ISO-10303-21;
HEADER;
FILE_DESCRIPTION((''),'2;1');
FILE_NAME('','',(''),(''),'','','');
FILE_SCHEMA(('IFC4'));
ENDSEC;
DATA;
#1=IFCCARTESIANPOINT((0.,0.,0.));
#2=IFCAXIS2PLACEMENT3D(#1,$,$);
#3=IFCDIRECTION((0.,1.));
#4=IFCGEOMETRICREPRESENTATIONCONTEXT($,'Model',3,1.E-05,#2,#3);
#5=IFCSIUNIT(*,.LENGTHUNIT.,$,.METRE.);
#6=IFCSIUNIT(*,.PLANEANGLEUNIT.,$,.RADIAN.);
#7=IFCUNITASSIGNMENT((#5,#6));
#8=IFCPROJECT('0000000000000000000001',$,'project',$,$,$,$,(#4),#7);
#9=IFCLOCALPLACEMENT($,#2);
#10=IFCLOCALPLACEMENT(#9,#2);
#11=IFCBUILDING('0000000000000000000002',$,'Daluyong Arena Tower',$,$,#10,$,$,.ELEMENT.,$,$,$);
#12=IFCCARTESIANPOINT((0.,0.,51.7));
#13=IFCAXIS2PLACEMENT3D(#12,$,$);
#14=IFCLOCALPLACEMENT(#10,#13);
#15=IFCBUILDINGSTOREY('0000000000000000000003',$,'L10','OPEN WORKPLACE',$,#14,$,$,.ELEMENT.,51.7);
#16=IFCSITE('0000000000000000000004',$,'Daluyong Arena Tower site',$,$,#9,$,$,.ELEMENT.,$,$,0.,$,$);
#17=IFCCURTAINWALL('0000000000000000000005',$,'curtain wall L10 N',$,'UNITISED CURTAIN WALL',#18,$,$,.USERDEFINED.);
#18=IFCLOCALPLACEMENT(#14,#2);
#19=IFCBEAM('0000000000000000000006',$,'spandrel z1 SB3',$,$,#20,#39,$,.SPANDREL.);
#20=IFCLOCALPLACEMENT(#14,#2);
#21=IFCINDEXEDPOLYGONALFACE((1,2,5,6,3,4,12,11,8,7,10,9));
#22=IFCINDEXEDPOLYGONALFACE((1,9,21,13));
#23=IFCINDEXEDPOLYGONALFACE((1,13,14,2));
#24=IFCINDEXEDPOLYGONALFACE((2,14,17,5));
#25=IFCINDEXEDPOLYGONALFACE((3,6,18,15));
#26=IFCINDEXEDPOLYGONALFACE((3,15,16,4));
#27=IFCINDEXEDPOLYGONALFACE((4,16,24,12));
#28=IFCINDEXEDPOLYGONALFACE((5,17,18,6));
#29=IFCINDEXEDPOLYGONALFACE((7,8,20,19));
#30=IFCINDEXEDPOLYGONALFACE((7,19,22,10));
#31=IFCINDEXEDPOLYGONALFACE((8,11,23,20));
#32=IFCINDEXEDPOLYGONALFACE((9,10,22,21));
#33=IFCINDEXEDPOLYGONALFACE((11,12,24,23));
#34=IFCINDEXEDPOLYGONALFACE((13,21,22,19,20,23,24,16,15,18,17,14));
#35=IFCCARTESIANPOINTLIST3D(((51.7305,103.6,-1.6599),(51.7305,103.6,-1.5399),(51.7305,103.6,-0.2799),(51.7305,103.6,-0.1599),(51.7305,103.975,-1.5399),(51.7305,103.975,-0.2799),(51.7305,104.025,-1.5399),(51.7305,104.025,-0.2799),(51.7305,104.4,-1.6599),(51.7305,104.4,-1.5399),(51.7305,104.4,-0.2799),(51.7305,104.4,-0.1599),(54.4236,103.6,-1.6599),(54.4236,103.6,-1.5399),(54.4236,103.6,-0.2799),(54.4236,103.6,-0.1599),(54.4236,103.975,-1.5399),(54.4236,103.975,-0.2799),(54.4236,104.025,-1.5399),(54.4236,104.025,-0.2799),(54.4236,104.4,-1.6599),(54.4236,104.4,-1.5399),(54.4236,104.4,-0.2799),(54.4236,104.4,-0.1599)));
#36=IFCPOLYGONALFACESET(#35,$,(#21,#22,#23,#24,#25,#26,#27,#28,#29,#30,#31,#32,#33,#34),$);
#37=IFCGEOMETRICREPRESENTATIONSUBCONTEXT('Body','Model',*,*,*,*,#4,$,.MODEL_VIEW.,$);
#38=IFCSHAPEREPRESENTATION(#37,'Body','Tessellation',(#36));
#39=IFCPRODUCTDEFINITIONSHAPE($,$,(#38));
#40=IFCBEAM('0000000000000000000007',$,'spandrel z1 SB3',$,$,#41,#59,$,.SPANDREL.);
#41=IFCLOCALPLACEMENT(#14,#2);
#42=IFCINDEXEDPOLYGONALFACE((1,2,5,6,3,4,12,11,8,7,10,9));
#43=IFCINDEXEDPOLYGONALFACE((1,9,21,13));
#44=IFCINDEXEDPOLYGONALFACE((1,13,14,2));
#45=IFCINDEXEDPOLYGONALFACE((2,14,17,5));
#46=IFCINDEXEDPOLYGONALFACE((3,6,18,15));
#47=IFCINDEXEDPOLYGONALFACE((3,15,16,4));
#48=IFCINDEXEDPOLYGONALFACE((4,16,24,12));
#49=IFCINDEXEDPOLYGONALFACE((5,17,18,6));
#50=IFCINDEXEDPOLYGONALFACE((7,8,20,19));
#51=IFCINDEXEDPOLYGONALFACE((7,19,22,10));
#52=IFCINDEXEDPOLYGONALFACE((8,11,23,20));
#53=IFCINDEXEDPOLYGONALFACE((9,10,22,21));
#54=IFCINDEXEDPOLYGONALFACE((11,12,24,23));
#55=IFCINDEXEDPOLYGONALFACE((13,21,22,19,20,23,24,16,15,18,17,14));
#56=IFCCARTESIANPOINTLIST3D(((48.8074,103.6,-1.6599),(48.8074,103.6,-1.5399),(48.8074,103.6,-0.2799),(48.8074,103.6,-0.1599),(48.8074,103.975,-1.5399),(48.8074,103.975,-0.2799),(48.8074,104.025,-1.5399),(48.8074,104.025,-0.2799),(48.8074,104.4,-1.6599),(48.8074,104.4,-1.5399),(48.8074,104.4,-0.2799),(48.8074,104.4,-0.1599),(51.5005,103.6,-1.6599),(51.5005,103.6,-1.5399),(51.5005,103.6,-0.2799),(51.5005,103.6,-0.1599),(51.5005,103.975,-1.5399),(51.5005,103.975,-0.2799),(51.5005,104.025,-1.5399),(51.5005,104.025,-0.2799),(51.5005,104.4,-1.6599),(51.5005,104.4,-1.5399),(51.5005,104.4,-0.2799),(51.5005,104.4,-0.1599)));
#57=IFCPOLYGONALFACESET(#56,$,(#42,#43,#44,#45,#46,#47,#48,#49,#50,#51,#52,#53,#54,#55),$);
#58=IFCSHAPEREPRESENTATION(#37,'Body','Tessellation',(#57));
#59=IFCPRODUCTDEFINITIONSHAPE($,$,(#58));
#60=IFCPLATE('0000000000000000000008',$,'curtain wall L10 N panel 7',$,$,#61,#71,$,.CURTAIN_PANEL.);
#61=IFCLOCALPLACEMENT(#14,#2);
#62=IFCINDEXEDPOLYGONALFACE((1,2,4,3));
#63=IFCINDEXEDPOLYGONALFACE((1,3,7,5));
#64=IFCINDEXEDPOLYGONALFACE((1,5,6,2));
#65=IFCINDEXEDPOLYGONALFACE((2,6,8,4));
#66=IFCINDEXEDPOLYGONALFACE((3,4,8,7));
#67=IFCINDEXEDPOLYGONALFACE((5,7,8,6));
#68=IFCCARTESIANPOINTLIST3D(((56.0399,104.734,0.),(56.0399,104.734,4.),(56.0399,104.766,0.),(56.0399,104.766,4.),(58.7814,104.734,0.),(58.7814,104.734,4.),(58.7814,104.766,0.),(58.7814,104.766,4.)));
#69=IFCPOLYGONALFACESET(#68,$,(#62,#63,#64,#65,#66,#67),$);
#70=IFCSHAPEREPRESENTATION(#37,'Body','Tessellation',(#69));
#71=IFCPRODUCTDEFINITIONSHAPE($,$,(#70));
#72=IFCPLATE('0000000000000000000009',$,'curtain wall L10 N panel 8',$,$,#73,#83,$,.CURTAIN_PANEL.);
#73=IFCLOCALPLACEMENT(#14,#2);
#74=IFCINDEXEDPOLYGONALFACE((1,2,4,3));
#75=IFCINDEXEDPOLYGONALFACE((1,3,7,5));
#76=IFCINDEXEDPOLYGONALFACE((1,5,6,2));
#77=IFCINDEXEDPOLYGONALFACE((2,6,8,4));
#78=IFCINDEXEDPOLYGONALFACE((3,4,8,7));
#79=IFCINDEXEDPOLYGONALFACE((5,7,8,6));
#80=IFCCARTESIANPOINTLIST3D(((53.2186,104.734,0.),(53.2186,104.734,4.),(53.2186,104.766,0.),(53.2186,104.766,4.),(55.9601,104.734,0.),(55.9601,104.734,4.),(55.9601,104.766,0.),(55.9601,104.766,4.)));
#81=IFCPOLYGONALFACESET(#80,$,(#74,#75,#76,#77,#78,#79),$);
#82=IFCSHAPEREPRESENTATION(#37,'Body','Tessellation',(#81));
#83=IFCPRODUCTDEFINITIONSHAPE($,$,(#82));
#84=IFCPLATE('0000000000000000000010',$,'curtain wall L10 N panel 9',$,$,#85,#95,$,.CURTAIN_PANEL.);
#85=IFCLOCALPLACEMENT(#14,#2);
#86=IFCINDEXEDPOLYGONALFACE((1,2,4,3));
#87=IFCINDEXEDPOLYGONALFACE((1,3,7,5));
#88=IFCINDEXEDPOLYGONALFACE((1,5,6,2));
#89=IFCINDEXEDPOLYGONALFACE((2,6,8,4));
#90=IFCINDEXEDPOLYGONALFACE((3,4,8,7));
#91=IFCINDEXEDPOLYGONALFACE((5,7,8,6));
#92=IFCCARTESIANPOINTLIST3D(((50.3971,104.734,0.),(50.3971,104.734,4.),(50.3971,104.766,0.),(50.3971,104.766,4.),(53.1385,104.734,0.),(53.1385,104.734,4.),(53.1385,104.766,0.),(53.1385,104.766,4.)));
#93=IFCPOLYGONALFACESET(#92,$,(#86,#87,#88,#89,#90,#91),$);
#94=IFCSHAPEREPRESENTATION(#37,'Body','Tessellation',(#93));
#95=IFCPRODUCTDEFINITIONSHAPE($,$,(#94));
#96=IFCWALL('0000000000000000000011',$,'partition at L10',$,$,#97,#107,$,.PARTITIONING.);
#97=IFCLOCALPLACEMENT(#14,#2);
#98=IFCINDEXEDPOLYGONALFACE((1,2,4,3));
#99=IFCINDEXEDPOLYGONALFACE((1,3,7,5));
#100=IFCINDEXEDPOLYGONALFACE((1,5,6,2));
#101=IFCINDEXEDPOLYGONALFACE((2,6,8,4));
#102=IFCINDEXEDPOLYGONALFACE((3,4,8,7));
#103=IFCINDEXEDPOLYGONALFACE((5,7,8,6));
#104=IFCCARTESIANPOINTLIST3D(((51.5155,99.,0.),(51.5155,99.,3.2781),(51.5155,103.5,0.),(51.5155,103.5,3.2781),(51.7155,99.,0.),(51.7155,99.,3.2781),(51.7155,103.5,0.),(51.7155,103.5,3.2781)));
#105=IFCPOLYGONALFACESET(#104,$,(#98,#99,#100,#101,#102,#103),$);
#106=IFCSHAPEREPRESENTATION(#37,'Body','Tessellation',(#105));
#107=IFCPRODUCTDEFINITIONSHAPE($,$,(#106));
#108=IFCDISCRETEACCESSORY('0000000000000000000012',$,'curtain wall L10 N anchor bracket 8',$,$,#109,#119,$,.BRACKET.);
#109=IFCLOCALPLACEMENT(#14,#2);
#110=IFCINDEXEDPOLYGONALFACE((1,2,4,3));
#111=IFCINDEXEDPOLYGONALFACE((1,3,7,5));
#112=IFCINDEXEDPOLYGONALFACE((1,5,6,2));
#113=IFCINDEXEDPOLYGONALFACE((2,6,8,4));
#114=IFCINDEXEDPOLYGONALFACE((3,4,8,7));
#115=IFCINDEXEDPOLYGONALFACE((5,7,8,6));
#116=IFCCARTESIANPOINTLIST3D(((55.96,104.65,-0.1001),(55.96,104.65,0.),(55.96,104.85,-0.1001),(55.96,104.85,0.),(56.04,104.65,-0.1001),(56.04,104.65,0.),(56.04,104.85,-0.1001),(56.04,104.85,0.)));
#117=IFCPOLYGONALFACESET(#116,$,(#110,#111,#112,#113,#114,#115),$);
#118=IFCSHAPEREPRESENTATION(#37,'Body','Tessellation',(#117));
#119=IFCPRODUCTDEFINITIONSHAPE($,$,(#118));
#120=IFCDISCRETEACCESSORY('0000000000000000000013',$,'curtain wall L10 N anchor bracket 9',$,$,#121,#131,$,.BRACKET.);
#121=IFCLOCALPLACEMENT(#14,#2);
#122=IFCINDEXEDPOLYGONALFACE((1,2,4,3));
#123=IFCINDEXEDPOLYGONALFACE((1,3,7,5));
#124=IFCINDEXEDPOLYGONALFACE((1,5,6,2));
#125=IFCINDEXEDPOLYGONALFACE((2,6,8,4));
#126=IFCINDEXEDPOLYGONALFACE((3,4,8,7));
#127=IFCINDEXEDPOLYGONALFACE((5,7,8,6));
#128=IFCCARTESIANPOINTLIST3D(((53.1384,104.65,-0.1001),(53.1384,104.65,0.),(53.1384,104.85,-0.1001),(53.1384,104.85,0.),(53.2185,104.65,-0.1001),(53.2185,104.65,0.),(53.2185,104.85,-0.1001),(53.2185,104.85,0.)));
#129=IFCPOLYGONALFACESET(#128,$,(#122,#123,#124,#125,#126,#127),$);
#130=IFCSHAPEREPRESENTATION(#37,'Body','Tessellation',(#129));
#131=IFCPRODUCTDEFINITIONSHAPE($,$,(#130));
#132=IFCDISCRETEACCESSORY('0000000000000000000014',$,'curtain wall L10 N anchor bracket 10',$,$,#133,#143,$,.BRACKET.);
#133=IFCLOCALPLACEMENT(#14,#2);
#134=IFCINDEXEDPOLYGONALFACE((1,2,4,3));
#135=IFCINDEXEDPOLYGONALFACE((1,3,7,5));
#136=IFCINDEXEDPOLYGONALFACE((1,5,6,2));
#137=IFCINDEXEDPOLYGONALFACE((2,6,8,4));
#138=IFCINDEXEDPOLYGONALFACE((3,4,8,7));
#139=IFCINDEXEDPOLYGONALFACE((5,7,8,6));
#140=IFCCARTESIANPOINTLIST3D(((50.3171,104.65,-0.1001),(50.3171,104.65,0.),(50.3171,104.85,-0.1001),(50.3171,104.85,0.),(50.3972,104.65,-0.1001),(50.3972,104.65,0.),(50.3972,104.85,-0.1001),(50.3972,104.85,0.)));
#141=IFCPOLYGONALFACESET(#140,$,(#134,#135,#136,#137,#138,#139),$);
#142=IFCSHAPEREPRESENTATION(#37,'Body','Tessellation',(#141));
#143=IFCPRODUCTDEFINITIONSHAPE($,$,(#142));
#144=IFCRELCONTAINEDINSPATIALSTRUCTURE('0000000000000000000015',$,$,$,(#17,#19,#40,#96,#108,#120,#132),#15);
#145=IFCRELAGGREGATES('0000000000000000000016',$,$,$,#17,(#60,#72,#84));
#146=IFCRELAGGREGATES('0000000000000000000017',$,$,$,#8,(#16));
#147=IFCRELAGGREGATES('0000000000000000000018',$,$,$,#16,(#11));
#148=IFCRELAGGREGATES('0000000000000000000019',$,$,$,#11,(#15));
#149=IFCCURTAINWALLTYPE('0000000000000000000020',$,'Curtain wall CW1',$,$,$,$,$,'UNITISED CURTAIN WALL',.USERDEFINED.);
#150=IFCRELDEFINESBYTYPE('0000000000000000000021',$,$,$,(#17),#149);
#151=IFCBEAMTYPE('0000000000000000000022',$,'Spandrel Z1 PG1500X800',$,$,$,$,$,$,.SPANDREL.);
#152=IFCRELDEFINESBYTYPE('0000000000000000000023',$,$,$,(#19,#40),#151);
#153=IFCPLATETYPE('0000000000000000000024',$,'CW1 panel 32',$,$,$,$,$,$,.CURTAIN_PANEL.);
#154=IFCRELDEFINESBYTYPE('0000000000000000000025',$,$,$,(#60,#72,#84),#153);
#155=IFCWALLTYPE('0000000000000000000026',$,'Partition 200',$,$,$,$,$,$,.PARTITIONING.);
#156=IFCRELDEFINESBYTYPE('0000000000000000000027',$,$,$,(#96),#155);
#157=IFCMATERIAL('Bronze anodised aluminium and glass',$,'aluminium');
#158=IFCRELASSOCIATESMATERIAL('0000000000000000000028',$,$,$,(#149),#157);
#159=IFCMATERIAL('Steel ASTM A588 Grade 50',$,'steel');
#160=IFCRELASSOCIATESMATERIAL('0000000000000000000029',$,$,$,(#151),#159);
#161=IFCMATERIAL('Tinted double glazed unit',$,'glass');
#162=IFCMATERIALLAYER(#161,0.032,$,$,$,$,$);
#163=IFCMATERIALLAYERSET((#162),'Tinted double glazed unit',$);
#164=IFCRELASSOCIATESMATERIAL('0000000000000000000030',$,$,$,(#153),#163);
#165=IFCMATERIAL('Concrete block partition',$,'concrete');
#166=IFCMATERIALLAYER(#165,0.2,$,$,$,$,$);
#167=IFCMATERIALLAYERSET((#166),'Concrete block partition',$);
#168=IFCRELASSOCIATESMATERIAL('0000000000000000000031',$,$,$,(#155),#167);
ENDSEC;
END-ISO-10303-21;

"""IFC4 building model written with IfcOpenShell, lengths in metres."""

from ifc_helpers import new_model, si_unit, direction, frame, frame_2d, origin, origin_2d, place, context, subcontext, project, spatial, rectangle, i_section, extrude, material, layer, layer_set, material_profile, profile_set, type_object, element, aggregate, save


model = new_model("IFC4")

# Units and contexts
model_context = context("Model", 3, precision=1e-05, world=origin(), true_north=direction((0.0, 1.0)))
body_context = subcontext(model_context, "Body", "Model", "MODEL_VIEW")
ifc_project = project(units=[si_unit("LENGTHUNIT", "METRE"), si_unit("PLANEANGLEUNIT", "RADIAN")], contexts=[model_context])

# Site, building, storey
site_placement = place(None, origin())
site = spatial("IfcSite", under=ifc_project, at=site_placement, Name="Daluyong Arena Tower site", CompositionType="ELEMENT", RefElevation=0.0)
building_placement = place(site_placement, origin())
building = spatial("IfcBuilding", under=site, at=building_placement, Name="Daluyong Arena Tower", CompositionType="ELEMENT")
storey_placement = place(building_placement, frame((0.0, 0.0, 51.7)))
storey = spatial("IfcBuildingStorey", under=building, at=storey_placement, Name="L10", Description="OPEN WORKPLACE", CompositionType="ELEMENT", Elevation=51.7)

# Curtain wall
ifc_material_1 = material(Name="Bronze anodised aluminium and glass", Category="aluminium")
curtain_wall_type = type_object("IfcCurtainWallType", Name="Curtain wall CW1", ElementType="UNITISED CURTAIN WALL", PredefinedType="USERDEFINED", material=ifc_material_1)
curtain_wall_placement = place(storey_placement, origin())
curtain_wall = element("IfcCurtainWall", 1, at=curtain_wall_placement, inside=storey, type_object=curtain_wall_type, Name="curtain wall L10 N", ObjectType="UNITISED CURTAIN WALL", PredefinedType="USERDEFINED")

# Beams
ifc_material_2 = material(Name="Steel ASTM A588 Grade 50", Category="steel")
ifc_material_profile_1 = material_profile(ifc_material_2, i_section(OverallWidth=0.8, OverallDepth=1.5, WebThickness=0.05, FlangeThickness=0.12, at=origin_2d()))
ifc_profile_set_1 = profile_set([ifc_material_profile_1], Name="Steel ASTM A588 Grade 50")
beam_type_1 = type_object("IfcBeamType", Name="Spandrel Z1 PG1500X800", PredefinedType="SPANDREL", material=ifc_profile_set_1)
for number, where, z_axis, x_axis, name in (
    (2, (54.4236, 104.0, -0.9099), (-1.0, 0.0, 0.0), (0.0, -1.0, 0.0), "spandrel z1 SB3"),
    (3, (51.5005, 104.0, -0.9099), (-1.0, 0.0, 0.0), (0.0, -1.0, 0.0), "spandrel z1 SB3"),
):
    element("IfcBeam", number, at=place(storey_placement, frame(where, z_axis=z_axis, x_axis=x_axis)), inside=storey, type_object=beam_type_1, Name=name, PredefinedType="SPANDREL", context=body_context, shape_type="SweptSolid", body=[
        extrude(i_section(OverallWidth=0.8, OverallDepth=1.5, WebThickness=0.05, FlangeThickness=0.12, at=origin_2d()), origin(), (0.0, 0.0, 1.0), 2.6931),
    ])

# Plates
ifc_material_3 = material(Name="Tinted double glazed unit", Category="glass")
ifc_layer_1 = layer(ifc_material_3, 0.032)
ifc_layer_set_1 = layer_set([ifc_layer_1], Name="Tinted double glazed unit")
plate_type = type_object("IfcPlateType", Name="CW1 panel 32", PredefinedType="CURTAIN_PANEL", material=ifc_layer_set_1)
plate_1_placement = place(storey_placement, frame((57.4106, 104.75, 0.0), z_axis=(0.0, 0.0, 1.0), x_axis=(-1.0, 0.0, 0.0)))
plate_1 = element("IfcPlate", 4, at=plate_1_placement, type_object=plate_type, Name="curtain wall L10 N panel 7", PredefinedType="CURTAIN_PANEL", context=body_context, shape_type="SweptSolid", body=[
    extrude(rectangle(XDim=2.7415, YDim=0.032, at=origin_2d()), origin(), (0.0, 0.0, 1.0), 4.0),
])
plate_2_placement = place(storey_placement, frame((54.5894, 104.75, 0.0), z_axis=(0.0, 0.0, 1.0), x_axis=(-1.0, 0.0, 0.0)))
plate_2 = element("IfcPlate", 5, at=plate_2_placement, type_object=plate_type, Name="curtain wall L10 N panel 8", PredefinedType="CURTAIN_PANEL", context=body_context, shape_type="SweptSolid", body=[
    extrude(rectangle(XDim=2.7415, YDim=0.032, at=origin_2d()), origin(), (0.0, 0.0, 1.0), 4.0),
])
plate_3_placement = place(storey_placement, frame((51.7678, 104.75, 0.0), z_axis=(0.0, 0.0, 1.0), x_axis=(-1.0, 0.0, 0.0)))
plate_3 = element("IfcPlate", 6, at=plate_3_placement, type_object=plate_type, Name="curtain wall L10 N panel 9", PredefinedType="CURTAIN_PANEL", context=body_context, shape_type="SweptSolid", body=[
    extrude(rectangle(XDim=2.7415, YDim=0.032, at=origin_2d()), origin(), (0.0, 0.0, 1.0), 4.0),
])
aggregate(curtain_wall, [plate_1, plate_2, plate_3])

# Wall
ifc_material_4 = material(Name="Concrete block partition", Category="concrete")
ifc_layer_2 = layer(ifc_material_4, 0.2)
ifc_layer_set_2 = layer_set([ifc_layer_2], Name="Concrete block partition")
wall_type = type_object("IfcWallType", Name="Partition 200", PredefinedType="PARTITIONING", material=ifc_layer_set_2)
wall_placement = place(storey_placement, frame((51.6155, 99.0, 0.0), z_axis=(0.0, 0.0, 1.0), x_axis=(0.0, 1.0, 0.0)))
element("IfcWall", 7, at=wall_placement, inside=storey, type_object=wall_type, Name="partition at L10", PredefinedType="PARTITIONING", context=body_context, shape_type="SweptSolid", body=[
    extrude(rectangle(XDim=4.5, YDim=0.2, at=frame_2d((2.25, 0.0))), origin(), (0.0, 0.0, 1.0), 3.2781),
])

# Discrete accessories
for number, where, z_axis, x_axis, name in (
    (8, (56.0, 104.75, -0.1001), (0.0, 0.0, 1.0), (-1.0, 0.0, 0.0), "curtain wall L10 N anchor bracket 8"),
    (9, (53.1785, 104.75, -0.1001), (0.0, 0.0, 1.0), (-1.0, 0.0, 0.0), "curtain wall L10 N anchor bracket 9"),
    (10, (50.3572, 104.75, -0.1001), (0.0, 0.0, 1.0), (-1.0, 0.0, 0.0), "curtain wall L10 N anchor bracket 10"),
):
    element("IfcDiscreteAccessory", number, at=place(storey_placement, frame(where, z_axis=z_axis, x_axis=x_axis)), inside=storey, Name=name, PredefinedType="BRACKET", context=body_context, shape_type="SweptSolid", body=[
        extrude(rectangle(XDim=0.0801, YDim=0.2, at=origin_2d()), origin(), (0.0, 0.0, 1.0), 0.1001),
    ])

save(model, "model.ifc")
